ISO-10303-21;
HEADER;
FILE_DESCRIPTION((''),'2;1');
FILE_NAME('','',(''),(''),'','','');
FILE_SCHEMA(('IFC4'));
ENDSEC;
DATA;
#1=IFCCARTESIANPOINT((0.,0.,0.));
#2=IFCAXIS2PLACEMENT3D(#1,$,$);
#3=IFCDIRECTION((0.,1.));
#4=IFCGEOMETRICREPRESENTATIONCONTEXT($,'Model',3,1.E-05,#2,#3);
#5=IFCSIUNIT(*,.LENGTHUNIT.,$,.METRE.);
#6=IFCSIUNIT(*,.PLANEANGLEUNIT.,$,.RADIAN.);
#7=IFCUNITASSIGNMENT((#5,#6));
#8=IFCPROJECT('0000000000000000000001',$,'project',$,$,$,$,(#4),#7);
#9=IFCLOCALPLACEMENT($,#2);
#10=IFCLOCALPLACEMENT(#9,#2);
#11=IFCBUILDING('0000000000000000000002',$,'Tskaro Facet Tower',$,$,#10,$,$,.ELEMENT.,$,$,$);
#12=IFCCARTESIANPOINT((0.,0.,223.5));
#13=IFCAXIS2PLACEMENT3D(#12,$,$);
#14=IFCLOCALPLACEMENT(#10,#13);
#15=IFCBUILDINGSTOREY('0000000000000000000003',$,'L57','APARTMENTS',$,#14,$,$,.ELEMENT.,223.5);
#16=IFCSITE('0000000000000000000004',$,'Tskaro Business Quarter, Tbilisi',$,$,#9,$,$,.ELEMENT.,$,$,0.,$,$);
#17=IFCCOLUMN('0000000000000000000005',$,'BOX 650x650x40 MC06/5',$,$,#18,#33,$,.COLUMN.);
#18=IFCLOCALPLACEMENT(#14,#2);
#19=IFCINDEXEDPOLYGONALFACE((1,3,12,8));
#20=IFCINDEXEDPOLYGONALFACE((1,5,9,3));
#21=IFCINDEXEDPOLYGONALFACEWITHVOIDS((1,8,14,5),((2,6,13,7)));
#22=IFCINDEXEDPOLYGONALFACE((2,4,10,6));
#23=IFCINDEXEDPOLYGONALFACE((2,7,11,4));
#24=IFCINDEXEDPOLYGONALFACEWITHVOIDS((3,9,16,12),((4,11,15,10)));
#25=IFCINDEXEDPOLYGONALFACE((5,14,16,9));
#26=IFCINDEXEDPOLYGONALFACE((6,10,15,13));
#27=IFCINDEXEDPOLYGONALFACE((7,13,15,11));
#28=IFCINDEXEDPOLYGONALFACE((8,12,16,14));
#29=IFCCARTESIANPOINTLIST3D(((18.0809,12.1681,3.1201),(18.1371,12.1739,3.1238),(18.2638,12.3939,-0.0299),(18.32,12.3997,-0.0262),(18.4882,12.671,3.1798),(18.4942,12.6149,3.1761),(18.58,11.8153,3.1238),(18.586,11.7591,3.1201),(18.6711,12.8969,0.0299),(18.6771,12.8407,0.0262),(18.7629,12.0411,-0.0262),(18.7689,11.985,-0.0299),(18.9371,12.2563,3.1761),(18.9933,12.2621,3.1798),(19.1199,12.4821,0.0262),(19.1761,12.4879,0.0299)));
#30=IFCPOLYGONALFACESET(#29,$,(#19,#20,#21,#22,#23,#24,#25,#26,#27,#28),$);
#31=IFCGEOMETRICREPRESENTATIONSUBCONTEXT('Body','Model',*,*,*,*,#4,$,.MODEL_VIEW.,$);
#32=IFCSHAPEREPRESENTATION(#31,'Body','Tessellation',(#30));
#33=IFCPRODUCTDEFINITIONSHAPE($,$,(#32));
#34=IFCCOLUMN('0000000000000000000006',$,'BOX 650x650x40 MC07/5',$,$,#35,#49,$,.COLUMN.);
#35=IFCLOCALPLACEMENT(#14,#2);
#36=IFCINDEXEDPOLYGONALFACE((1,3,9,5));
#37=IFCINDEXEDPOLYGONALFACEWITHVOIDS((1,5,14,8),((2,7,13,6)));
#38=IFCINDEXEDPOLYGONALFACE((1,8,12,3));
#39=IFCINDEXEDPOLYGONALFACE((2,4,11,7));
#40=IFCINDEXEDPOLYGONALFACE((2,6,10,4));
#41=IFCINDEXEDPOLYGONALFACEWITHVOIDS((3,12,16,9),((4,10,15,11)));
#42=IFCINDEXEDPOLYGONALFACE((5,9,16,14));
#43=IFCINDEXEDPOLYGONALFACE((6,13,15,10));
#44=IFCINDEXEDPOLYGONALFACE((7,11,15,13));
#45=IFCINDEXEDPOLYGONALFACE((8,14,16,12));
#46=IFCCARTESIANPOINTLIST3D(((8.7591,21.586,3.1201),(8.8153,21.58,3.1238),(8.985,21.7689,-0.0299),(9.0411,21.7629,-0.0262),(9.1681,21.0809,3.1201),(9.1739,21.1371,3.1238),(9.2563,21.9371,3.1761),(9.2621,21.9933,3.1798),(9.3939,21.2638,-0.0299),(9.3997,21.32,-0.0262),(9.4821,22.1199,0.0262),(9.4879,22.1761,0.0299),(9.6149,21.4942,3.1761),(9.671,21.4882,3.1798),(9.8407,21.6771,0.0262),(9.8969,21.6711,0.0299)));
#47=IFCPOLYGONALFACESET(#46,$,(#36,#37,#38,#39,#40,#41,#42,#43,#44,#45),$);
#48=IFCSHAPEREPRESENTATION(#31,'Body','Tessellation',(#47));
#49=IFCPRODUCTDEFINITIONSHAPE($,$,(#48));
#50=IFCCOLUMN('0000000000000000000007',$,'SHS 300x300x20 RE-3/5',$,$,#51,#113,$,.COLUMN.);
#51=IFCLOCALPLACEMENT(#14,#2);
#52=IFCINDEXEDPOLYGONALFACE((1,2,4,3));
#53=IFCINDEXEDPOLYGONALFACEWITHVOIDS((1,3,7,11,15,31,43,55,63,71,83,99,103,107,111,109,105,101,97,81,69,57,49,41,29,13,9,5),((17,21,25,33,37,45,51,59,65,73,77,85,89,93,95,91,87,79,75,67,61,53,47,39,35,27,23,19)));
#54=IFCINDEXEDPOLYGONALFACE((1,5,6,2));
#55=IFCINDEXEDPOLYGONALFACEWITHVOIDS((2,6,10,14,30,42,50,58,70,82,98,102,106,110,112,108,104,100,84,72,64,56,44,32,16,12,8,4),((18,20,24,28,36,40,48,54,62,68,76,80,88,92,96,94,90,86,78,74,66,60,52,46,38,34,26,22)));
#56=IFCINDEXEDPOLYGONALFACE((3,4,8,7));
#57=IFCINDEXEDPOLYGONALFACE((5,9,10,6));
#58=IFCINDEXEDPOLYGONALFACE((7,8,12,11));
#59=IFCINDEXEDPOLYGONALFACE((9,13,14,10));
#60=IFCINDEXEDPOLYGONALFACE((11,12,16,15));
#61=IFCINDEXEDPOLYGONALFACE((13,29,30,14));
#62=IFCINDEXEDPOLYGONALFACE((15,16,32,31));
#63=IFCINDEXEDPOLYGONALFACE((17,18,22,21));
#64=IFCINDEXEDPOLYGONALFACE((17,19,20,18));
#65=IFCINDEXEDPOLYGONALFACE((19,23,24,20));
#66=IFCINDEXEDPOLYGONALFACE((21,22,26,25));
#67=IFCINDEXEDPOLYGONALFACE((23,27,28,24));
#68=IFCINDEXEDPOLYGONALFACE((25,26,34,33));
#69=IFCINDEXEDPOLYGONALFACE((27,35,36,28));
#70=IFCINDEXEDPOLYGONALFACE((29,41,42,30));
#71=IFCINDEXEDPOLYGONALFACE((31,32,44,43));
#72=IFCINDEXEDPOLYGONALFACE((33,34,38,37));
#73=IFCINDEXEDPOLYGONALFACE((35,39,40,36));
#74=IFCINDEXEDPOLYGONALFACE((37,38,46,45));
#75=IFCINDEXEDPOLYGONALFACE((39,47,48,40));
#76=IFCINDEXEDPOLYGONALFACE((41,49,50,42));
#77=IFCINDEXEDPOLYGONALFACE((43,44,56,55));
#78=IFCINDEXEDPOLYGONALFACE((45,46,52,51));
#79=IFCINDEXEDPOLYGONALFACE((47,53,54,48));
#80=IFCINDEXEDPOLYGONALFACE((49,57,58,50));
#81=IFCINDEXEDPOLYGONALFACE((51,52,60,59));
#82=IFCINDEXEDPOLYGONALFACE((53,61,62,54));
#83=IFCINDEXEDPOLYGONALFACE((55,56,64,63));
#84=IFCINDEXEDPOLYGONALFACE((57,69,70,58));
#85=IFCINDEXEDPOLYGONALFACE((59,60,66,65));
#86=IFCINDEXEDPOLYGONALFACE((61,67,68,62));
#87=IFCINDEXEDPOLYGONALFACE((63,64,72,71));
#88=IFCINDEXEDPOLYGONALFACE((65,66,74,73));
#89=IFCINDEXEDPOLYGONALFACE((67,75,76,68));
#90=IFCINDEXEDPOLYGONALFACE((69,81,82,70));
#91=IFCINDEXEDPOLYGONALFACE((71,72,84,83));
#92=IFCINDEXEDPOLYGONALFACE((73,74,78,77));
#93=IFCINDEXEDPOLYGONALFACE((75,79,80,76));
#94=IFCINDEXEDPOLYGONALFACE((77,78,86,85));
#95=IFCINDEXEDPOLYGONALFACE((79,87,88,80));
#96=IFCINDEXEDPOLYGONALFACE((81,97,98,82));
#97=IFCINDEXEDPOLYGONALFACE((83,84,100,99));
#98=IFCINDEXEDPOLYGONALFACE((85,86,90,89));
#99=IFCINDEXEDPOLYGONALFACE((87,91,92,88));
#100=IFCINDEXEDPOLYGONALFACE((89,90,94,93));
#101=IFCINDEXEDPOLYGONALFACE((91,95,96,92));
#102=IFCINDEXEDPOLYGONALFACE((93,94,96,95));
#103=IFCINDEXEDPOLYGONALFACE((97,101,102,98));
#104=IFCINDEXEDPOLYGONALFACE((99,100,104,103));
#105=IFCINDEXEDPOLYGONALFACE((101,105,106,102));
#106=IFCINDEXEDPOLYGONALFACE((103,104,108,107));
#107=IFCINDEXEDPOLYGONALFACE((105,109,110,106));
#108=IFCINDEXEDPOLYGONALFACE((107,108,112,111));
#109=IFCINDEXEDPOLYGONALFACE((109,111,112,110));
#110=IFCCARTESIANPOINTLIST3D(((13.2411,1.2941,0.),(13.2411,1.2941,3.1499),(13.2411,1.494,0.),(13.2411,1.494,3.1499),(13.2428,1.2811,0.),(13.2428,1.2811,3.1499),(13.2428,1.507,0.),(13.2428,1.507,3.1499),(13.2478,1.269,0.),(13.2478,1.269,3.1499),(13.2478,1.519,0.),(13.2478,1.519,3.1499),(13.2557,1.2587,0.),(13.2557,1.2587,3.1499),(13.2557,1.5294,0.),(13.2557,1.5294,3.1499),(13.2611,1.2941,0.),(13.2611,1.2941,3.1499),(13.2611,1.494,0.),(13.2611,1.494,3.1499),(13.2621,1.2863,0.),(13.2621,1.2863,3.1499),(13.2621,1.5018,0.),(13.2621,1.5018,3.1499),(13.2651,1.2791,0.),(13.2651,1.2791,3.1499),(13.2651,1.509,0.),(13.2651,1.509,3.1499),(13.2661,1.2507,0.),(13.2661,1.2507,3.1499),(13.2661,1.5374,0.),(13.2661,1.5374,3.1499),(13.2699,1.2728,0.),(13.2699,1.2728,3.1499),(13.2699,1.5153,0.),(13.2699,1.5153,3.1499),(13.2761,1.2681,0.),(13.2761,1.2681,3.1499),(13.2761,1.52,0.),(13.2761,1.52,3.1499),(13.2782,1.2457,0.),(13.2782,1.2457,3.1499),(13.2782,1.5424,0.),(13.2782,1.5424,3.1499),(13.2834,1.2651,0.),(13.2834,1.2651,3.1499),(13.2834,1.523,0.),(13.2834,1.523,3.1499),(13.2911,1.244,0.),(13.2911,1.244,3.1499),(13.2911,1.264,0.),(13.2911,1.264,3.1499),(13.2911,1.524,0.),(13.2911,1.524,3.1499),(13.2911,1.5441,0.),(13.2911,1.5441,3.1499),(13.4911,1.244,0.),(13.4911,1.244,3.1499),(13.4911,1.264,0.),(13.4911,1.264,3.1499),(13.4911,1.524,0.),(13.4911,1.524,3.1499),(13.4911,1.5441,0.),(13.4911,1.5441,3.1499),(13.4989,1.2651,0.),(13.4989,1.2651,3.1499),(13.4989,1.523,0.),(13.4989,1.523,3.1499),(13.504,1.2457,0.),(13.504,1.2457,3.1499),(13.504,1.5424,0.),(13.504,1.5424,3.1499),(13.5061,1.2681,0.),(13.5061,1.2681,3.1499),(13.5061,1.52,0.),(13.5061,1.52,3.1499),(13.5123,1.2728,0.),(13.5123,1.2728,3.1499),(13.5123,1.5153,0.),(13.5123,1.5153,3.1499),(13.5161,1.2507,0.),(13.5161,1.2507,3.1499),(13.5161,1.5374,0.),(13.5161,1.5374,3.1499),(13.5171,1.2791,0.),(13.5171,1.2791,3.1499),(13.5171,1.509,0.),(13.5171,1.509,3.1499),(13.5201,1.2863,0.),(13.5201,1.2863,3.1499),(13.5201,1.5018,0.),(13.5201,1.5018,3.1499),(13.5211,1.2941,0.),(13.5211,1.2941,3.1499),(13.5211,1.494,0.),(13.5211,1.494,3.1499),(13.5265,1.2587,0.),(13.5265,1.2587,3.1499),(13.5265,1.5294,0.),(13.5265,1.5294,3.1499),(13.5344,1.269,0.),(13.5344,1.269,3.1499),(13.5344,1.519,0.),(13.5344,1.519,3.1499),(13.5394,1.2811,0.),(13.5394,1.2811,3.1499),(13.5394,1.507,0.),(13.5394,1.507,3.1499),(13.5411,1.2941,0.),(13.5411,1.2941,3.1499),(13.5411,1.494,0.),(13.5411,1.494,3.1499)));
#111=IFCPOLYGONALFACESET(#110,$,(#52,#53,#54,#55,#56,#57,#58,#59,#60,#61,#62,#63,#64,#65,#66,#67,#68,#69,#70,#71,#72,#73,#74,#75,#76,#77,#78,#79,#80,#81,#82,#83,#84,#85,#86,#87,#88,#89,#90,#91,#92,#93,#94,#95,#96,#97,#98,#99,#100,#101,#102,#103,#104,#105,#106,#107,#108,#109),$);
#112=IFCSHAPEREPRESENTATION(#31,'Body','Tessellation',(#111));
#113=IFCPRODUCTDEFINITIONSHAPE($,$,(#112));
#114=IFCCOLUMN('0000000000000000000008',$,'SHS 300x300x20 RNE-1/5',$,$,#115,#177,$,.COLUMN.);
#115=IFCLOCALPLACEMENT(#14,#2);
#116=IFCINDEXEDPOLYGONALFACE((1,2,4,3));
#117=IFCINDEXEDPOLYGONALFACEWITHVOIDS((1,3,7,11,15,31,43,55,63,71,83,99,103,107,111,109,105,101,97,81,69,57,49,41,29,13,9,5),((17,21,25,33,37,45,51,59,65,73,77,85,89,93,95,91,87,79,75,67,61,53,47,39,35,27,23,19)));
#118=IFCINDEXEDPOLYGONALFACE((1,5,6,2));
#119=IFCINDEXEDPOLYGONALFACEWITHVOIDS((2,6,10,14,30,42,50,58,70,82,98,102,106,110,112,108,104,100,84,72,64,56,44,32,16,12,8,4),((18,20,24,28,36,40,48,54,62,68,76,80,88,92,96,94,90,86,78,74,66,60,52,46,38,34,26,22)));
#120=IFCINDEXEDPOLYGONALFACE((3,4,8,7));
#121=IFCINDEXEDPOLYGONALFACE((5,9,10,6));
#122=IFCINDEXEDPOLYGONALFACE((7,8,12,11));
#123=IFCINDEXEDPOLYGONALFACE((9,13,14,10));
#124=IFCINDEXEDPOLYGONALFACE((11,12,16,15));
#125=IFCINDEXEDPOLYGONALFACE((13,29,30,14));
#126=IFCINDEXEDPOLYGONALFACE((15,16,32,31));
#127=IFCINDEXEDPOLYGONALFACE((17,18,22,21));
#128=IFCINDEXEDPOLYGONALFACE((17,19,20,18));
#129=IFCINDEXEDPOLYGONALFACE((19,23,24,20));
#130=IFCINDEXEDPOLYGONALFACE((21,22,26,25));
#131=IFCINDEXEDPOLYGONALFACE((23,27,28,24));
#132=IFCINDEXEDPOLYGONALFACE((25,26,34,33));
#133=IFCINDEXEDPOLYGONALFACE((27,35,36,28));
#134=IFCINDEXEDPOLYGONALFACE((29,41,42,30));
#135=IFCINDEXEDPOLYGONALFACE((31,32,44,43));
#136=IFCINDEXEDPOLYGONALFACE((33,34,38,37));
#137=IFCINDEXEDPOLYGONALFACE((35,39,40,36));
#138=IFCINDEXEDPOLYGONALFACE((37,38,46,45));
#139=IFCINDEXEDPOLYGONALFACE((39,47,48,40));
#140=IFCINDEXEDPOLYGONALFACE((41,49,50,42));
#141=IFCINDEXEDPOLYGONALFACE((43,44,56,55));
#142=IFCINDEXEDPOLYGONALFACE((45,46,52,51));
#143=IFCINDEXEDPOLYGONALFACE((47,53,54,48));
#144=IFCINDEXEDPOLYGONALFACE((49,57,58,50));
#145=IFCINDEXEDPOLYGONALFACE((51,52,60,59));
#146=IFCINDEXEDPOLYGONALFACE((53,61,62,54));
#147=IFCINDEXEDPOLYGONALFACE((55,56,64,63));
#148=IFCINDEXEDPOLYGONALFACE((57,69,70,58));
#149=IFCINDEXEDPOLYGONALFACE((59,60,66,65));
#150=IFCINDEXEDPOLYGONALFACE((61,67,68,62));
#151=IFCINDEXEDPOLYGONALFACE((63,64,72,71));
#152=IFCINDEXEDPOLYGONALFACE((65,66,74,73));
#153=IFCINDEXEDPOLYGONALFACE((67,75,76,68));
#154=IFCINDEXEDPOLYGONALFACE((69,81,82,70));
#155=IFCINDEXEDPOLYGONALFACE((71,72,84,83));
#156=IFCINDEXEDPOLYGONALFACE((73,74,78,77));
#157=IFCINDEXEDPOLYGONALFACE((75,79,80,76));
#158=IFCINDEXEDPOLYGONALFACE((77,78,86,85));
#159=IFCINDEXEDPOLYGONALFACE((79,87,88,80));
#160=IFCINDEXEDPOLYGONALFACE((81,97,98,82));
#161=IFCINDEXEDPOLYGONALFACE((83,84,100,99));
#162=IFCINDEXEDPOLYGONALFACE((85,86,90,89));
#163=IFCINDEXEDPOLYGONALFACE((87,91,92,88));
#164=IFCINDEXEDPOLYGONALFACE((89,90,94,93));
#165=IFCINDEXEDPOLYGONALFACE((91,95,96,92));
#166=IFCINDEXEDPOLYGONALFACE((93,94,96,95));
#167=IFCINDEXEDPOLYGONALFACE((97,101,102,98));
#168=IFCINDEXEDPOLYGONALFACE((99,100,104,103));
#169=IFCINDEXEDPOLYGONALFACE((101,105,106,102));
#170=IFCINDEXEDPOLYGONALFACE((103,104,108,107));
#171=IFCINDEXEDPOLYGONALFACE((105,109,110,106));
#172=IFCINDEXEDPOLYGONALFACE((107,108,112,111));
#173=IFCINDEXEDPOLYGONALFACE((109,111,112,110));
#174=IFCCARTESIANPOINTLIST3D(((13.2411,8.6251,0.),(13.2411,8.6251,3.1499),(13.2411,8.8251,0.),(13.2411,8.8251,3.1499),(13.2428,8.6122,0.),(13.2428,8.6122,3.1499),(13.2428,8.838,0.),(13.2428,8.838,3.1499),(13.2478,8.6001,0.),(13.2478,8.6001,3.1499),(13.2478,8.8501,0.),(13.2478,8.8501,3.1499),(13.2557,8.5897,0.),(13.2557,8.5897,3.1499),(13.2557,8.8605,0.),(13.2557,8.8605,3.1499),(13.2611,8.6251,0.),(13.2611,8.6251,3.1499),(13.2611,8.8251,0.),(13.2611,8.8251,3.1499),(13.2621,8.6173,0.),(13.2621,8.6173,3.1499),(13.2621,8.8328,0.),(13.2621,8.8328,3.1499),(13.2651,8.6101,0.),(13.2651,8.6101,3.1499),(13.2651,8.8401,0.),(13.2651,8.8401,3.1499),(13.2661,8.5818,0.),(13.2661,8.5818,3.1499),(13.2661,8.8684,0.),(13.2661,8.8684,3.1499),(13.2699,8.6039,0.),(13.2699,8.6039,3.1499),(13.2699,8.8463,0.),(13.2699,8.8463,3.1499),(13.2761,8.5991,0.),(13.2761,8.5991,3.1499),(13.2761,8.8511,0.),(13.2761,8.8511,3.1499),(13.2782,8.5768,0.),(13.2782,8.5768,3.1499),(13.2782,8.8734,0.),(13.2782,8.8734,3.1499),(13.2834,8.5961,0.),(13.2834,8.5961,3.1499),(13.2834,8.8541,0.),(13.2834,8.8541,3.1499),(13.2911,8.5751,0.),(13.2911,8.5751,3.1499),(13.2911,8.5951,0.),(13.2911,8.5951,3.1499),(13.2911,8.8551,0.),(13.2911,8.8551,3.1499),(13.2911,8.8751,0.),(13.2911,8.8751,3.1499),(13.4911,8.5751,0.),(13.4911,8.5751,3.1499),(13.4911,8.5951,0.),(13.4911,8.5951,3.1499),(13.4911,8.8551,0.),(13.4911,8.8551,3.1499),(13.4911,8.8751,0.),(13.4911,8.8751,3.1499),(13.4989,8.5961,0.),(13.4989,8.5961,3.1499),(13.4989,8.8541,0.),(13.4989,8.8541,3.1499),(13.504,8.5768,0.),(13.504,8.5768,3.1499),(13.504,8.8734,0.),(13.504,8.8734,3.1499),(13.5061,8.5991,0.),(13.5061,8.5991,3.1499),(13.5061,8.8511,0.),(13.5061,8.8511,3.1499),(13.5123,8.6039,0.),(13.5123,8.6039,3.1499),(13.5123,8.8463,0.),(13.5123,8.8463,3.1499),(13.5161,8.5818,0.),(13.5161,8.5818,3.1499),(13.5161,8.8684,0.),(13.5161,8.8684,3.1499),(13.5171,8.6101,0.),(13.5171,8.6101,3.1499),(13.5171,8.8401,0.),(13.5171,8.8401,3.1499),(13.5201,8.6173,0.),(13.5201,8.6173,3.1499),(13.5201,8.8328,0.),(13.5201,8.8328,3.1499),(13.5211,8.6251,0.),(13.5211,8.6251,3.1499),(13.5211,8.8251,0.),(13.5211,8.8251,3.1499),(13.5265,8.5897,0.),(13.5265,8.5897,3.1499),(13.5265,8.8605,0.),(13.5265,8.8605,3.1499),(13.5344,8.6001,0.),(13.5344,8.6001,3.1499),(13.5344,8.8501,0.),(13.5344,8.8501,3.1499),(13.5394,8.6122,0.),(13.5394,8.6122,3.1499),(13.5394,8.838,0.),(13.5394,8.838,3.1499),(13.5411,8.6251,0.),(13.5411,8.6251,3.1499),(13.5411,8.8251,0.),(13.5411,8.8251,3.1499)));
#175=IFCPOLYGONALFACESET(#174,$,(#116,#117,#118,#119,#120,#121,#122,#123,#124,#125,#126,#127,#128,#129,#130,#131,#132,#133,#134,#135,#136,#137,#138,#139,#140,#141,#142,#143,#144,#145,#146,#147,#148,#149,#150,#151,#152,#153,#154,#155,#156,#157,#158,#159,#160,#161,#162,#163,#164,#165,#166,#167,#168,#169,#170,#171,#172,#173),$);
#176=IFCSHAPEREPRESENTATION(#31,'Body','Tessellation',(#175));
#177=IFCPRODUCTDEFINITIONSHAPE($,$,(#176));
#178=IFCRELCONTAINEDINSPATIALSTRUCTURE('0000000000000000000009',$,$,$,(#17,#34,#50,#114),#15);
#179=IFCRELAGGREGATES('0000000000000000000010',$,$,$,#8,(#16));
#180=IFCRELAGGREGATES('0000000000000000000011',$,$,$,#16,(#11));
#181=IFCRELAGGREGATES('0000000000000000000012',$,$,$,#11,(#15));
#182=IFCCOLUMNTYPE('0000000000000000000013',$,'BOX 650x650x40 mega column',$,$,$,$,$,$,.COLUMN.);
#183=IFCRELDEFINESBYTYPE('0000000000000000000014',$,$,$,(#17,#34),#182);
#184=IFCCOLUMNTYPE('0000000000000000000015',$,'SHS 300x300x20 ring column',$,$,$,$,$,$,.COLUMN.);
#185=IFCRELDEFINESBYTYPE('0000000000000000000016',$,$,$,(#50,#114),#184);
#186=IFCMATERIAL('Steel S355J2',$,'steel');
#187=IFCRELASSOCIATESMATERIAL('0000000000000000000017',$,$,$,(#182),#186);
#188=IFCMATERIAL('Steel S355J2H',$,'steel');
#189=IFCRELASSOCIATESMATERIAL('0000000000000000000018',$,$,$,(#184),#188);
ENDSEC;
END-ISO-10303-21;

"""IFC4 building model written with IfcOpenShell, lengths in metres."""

from ifc_helpers import new_model, si_unit, direction, frame, origin, origin_2d, place, context, subcontext, project, spatial, hollow_rectangle, extrude, material, material_profile, profile_set, type_object, element, save


model = new_model("IFC4")

# Units and contexts
model_context = context("Model", 3, precision=1e-05, world=origin(), true_north=direction((0.0, 1.0)))
body_context = subcontext(model_context, "Body", "Model", "MODEL_VIEW")
ifc_project = project(units=[si_unit("LENGTHUNIT", "METRE"), si_unit("PLANEANGLEUNIT", "RADIAN")], contexts=[model_context])

# Site, building, storey
site_placement = place(None, origin())
site = spatial("IfcSite", under=ifc_project, at=site_placement, Name="Tskaro Business Quarter, Tbilisi", CompositionType="ELEMENT", RefElevation=0.0)
building_placement = place(site_placement, origin())
building = spatial("IfcBuilding", under=site, at=building_placement, Name="Tskaro Facet Tower", CompositionType="ELEMENT")
storey_placement = place(building_placement, frame((0.0, 0.0, 223.5)))
storey = spatial("IfcBuildingStorey", under=building, at=storey_placement, Name="L57", Description="APARTMENTS", CompositionType="ELEMENT", Elevation=223.5)

# Columns
ifc_material_1 = material(Name="Steel S355J2", Category="steel")
ifc_material_profile_1 = material_profile(ifc_material_1, hollow_rectangle(XDim=0.6499, YDim=0.6499, WallThickness=0.04, at=origin_2d()), Name="BOX 650x650x40")
ifc_profile_set_1 = profile_set([ifc_material_profile_1], Name="Steel S355J2")
column_type_1 = type_object("IfcColumnType", Name="BOX 650x650x40 mega column", PredefinedType="COLUMN", material=ifc_profile_set_1)
for number, where, z_axis, x_axis, name in (
    (1, (18.72, 12.4409, 0.0), (-0.057808, -0.071391, 0.995772), (0.777167, -0.629295, 0.0), "BOX 650x650x40 MC06/5"),
    (2, (9.4409, 21.72, 0.0), (-0.071391, -0.057808, 0.995772), (0.629295, -0.777167, 0.0), "BOX 650x650x40 MC07/5"),
):
    element("IfcColumn", number, at=place(storey_placement, frame(where, z_axis=z_axis, x_axis=x_axis)), inside=storey, type_object=column_type_1, Name=name, PredefinedType="COLUMN", context=body_context, shape_type="SweptSolid", body=[
        extrude(hollow_rectangle(XDim=0.6499, YDim=0.6499, WallThickness=0.04, at=origin_2d()), origin(), (0.0, 0.0, 1.0), 3.1633),
    ])
ifc_material_2 = material(Name="Steel S355J2H", Category="steel")
ifc_material_profile_2 = material_profile(ifc_material_2, hollow_rectangle(XDim=0.3, YDim=0.3, WallThickness=0.02, InnerFilletRadius=0.03, OuterFilletRadius=0.05, at=origin_2d()), Name="SHS 300x300x20")
ifc_profile_set_2 = profile_set([ifc_material_profile_2], Name="Steel S355J2H")
column_type_2 = type_object("IfcColumnType", Name="SHS 300x300x20 ring column", PredefinedType="COLUMN", material=ifc_profile_set_2)
for number, where, z_axis, x_axis, name in (
    (3, (13.3911, 1.394, 0.0), (0.0, 0.0, 1.0), (1.0, 0.0, 0.0), "SHS 300x300x20 RE-3/5"),
    (4, (13.3911, 8.7251, 0.0), (0.0, 0.0, 1.0), (1.0, 0.0, 0.0), "SHS 300x300x20 RNE-1/5"),
):
    element("IfcColumn", number, at=place(storey_placement, frame(where, z_axis=z_axis, x_axis=x_axis)), inside=storey, type_object=column_type_2, Name=name, PredefinedType="COLUMN", context=body_context, shape_type="SweptSolid", body=[
        extrude(hollow_rectangle(XDim=0.3, YDim=0.3, WallThickness=0.02, InnerFilletRadius=0.03, OuterFilletRadius=0.05, at=origin_2d()), origin(), (0.0, 0.0, 1.0), 3.1499),
    ])

save(model, "model.ifc")
